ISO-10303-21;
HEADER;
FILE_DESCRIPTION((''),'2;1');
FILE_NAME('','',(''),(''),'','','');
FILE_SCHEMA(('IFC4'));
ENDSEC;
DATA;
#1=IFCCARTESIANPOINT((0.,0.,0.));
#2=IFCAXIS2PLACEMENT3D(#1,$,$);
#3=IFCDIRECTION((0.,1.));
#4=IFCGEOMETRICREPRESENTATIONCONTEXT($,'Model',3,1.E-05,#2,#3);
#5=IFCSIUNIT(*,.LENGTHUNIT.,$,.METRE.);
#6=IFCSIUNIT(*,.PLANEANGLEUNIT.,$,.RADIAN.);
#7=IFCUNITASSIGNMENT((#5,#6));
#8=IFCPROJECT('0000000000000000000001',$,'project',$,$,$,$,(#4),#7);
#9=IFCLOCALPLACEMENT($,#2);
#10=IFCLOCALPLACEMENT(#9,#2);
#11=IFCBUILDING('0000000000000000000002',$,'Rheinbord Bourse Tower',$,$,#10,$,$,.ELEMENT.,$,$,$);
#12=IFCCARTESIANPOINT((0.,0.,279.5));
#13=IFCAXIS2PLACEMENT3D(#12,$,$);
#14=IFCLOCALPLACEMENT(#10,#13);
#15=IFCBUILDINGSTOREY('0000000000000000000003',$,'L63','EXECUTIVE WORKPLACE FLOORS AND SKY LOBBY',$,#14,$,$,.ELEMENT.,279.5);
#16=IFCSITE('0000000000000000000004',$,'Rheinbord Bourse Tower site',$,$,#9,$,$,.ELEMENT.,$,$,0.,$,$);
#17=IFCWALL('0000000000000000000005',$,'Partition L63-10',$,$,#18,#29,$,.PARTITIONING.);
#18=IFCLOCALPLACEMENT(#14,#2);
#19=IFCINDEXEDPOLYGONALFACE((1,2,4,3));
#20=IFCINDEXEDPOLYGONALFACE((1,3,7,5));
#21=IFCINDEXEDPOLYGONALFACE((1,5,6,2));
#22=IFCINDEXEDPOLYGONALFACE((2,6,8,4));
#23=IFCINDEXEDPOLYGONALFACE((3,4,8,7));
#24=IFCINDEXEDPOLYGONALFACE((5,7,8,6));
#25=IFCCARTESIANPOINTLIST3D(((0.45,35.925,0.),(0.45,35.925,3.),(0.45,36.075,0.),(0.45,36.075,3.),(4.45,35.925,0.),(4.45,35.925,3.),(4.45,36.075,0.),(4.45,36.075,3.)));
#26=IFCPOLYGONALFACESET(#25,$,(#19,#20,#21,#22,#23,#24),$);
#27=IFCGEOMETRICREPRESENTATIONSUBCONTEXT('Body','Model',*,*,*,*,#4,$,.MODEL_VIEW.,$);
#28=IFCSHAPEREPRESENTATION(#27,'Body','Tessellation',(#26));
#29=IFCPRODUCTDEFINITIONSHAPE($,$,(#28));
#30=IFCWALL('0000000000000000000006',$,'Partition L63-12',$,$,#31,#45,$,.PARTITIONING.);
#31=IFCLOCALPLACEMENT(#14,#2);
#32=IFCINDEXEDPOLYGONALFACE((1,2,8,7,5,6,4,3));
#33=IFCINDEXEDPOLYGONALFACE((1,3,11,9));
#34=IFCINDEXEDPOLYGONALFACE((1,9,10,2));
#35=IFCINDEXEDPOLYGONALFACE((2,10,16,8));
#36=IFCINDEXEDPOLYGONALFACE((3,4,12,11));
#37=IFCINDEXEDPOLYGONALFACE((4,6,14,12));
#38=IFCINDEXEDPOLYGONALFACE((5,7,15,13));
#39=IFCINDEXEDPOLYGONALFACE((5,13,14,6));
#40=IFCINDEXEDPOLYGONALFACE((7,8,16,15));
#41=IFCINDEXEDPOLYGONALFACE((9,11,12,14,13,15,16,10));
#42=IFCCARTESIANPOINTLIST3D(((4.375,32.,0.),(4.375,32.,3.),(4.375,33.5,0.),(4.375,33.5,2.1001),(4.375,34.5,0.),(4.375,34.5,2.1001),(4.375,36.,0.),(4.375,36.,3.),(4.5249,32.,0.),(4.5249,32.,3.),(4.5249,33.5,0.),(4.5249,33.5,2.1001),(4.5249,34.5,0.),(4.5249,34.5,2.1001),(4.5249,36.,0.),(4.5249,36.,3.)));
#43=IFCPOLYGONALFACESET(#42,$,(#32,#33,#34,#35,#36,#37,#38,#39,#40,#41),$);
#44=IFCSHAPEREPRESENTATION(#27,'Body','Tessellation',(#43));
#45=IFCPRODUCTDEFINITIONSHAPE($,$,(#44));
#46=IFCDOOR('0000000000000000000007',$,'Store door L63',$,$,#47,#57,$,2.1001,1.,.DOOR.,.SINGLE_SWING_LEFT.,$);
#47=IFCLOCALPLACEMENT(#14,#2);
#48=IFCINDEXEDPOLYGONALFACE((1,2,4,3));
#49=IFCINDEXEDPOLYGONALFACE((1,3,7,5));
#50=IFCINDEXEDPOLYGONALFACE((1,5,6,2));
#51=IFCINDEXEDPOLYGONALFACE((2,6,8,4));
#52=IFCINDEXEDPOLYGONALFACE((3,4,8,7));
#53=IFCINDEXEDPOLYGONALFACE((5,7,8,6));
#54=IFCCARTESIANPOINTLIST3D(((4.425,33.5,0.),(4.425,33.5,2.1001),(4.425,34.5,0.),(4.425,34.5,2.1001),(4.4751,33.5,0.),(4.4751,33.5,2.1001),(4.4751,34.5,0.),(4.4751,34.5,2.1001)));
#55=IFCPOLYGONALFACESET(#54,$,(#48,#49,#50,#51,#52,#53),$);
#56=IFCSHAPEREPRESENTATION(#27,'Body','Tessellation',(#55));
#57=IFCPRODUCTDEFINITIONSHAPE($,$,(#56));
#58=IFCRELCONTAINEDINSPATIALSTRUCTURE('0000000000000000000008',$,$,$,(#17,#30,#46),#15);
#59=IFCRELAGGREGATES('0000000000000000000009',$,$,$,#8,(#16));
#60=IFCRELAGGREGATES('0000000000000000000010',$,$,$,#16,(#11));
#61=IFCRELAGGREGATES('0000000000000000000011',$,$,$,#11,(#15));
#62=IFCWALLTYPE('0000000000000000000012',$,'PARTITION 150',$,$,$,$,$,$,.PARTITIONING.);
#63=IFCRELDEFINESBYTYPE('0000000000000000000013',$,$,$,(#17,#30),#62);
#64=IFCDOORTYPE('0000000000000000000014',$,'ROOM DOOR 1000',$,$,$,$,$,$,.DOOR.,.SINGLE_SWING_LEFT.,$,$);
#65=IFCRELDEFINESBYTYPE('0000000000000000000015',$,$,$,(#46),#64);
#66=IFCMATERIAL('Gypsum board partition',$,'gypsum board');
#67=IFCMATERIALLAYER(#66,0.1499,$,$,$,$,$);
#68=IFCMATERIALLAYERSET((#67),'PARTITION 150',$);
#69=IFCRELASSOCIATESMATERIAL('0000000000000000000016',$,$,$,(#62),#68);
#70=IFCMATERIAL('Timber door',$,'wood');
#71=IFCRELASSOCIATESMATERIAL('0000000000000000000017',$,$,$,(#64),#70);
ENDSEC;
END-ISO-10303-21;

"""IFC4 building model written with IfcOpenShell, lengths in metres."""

from ifc_helpers import new_model, si_unit, direction, frame, frame_2d, origin, place, context, subcontext, project, spatial, rectangle, extrude, material, layer, layer_set, type_object, element, fill, save


model = new_model("IFC4")

# Units and contexts
model_context = context("Model", 3, precision=1e-05, world=origin(), true_north=direction((0.0, 1.0)))
body_context = subcontext(model_context, "Body", "Model", "MODEL_VIEW")
ifc_project = project(units=[si_unit("LENGTHUNIT", "METRE"), si_unit("PLANEANGLEUNIT", "RADIAN")], contexts=[model_context])

# Site, building, storey
site_placement = place(None, origin())
site = spatial("IfcSite", under=ifc_project, at=site_placement, Name="Rheinbord Bourse Tower site", CompositionType="ELEMENT", RefElevation=0.0)
building_placement = place(site_placement, origin())
building = spatial("IfcBuilding", under=site, at=building_placement, Name="Rheinbord Bourse Tower", CompositionType="ELEMENT")
storey_placement = place(building_placement, frame((0.0, 0.0, 279.5)))
storey = spatial("IfcBuildingStorey", under=building, at=storey_placement, Name="L63", Description="EXECUTIVE WORKPLACE FLOORS AND SKY LOBBY", CompositionType="ELEMENT", Elevation=279.5)

# Wall
ifc_material_1 = material(Name="Gypsum board partition", Category="gypsum board")
ifc_layer_1 = layer(ifc_material_1, 0.1499)
ifc_layer_set_1 = layer_set([ifc_layer_1], Name="PARTITION 150")
wall_type = type_object("IfcWallType", Name="PARTITION 150", PredefinedType="PARTITIONING", material=ifc_layer_set_1)
for number, where, z_axis, x_axis, name in (
    (1, (0.45, 36.0, 0.0), (0.0, 0.0, 1.0), (1.0, 0.0, 0.0), "Partition L63-10"),
):
    element("IfcWall", number, at=place(storey_placement, frame(where, z_axis=z_axis, x_axis=x_axis)), inside=storey, type_object=wall_type, Name=name, PredefinedType="PARTITIONING", context=body_context, shape_type="SweptSolid", body=[
        extrude(rectangle(XDim=4.0, YDim=0.1499, at=frame_2d((2.0, 0.0))), origin(), (0.0, 0.0, 1.0), 3.0),
    ])

# Wall, opening, door
wall_placement = place(storey_placement, frame((4.45, 32.0, 0.0), z_axis=(0.0, 0.0, 1.0), x_axis=(0.0, 1.0, 0.0)))
wall = element("IfcWall", 2, at=wall_placement, inside=storey, type_object=wall_type, Name="Partition L63-12", PredefinedType="PARTITIONING", context=body_context, shape_type="SweptSolid", body=[
    extrude(rectangle(XDim=4.0, YDim=0.1499, at=frame_2d((2.0, 0.0))), origin(), (0.0, 0.0, 1.0), 3.0),
])
opening_placement = place(wall_placement, frame((1.5, 0.0, 0.0)))
opening = element("IfcOpeningElement", 3, at=opening_placement, cuts=wall, PredefinedType="OPENING", context=body_context, shape_type="SweptSolid", body=[
    extrude(rectangle(XDim=1.0, YDim=2.1001, at=frame_2d((0.5, 1.05))), frame((0.0, 0.085, 0.0), z_axis=(0.0, -1.0, 0.0), x_axis=(1.0, 0.0, 0.0)), (0.0, 0.0, 1.0), 0.1699),
])
ifc_material_2 = material(Name="Timber door", Category="wood")
door_type = type_object("IfcDoorType", Name="ROOM DOOR 1000", OperationType="SINGLE_SWING_LEFT", PredefinedType="DOOR", material=ifc_material_2)
door_placement = place(opening_placement, origin())
door = element("IfcDoor", 4, at=door_placement, inside=storey, type_object=door_type, Name="Store door L63", OperationType="SINGLE_SWING_LEFT", OverallHeight=2.1001, OverallWidth=1.0, PredefinedType="DOOR", context=body_context, shape_type="SweptSolid", body=[
    extrude(rectangle(XDim=1.0, YDim=2.1001, at=frame_2d((0.5, 1.05))), frame((0.0, 0.0249, 0.0), z_axis=(0.0, -1.0, 0.0), x_axis=(1.0, 0.0, 0.0)), (0.0, 0.0, 1.0), 0.05),
])
fill(opening, door)

save(model, "model.ifc")
